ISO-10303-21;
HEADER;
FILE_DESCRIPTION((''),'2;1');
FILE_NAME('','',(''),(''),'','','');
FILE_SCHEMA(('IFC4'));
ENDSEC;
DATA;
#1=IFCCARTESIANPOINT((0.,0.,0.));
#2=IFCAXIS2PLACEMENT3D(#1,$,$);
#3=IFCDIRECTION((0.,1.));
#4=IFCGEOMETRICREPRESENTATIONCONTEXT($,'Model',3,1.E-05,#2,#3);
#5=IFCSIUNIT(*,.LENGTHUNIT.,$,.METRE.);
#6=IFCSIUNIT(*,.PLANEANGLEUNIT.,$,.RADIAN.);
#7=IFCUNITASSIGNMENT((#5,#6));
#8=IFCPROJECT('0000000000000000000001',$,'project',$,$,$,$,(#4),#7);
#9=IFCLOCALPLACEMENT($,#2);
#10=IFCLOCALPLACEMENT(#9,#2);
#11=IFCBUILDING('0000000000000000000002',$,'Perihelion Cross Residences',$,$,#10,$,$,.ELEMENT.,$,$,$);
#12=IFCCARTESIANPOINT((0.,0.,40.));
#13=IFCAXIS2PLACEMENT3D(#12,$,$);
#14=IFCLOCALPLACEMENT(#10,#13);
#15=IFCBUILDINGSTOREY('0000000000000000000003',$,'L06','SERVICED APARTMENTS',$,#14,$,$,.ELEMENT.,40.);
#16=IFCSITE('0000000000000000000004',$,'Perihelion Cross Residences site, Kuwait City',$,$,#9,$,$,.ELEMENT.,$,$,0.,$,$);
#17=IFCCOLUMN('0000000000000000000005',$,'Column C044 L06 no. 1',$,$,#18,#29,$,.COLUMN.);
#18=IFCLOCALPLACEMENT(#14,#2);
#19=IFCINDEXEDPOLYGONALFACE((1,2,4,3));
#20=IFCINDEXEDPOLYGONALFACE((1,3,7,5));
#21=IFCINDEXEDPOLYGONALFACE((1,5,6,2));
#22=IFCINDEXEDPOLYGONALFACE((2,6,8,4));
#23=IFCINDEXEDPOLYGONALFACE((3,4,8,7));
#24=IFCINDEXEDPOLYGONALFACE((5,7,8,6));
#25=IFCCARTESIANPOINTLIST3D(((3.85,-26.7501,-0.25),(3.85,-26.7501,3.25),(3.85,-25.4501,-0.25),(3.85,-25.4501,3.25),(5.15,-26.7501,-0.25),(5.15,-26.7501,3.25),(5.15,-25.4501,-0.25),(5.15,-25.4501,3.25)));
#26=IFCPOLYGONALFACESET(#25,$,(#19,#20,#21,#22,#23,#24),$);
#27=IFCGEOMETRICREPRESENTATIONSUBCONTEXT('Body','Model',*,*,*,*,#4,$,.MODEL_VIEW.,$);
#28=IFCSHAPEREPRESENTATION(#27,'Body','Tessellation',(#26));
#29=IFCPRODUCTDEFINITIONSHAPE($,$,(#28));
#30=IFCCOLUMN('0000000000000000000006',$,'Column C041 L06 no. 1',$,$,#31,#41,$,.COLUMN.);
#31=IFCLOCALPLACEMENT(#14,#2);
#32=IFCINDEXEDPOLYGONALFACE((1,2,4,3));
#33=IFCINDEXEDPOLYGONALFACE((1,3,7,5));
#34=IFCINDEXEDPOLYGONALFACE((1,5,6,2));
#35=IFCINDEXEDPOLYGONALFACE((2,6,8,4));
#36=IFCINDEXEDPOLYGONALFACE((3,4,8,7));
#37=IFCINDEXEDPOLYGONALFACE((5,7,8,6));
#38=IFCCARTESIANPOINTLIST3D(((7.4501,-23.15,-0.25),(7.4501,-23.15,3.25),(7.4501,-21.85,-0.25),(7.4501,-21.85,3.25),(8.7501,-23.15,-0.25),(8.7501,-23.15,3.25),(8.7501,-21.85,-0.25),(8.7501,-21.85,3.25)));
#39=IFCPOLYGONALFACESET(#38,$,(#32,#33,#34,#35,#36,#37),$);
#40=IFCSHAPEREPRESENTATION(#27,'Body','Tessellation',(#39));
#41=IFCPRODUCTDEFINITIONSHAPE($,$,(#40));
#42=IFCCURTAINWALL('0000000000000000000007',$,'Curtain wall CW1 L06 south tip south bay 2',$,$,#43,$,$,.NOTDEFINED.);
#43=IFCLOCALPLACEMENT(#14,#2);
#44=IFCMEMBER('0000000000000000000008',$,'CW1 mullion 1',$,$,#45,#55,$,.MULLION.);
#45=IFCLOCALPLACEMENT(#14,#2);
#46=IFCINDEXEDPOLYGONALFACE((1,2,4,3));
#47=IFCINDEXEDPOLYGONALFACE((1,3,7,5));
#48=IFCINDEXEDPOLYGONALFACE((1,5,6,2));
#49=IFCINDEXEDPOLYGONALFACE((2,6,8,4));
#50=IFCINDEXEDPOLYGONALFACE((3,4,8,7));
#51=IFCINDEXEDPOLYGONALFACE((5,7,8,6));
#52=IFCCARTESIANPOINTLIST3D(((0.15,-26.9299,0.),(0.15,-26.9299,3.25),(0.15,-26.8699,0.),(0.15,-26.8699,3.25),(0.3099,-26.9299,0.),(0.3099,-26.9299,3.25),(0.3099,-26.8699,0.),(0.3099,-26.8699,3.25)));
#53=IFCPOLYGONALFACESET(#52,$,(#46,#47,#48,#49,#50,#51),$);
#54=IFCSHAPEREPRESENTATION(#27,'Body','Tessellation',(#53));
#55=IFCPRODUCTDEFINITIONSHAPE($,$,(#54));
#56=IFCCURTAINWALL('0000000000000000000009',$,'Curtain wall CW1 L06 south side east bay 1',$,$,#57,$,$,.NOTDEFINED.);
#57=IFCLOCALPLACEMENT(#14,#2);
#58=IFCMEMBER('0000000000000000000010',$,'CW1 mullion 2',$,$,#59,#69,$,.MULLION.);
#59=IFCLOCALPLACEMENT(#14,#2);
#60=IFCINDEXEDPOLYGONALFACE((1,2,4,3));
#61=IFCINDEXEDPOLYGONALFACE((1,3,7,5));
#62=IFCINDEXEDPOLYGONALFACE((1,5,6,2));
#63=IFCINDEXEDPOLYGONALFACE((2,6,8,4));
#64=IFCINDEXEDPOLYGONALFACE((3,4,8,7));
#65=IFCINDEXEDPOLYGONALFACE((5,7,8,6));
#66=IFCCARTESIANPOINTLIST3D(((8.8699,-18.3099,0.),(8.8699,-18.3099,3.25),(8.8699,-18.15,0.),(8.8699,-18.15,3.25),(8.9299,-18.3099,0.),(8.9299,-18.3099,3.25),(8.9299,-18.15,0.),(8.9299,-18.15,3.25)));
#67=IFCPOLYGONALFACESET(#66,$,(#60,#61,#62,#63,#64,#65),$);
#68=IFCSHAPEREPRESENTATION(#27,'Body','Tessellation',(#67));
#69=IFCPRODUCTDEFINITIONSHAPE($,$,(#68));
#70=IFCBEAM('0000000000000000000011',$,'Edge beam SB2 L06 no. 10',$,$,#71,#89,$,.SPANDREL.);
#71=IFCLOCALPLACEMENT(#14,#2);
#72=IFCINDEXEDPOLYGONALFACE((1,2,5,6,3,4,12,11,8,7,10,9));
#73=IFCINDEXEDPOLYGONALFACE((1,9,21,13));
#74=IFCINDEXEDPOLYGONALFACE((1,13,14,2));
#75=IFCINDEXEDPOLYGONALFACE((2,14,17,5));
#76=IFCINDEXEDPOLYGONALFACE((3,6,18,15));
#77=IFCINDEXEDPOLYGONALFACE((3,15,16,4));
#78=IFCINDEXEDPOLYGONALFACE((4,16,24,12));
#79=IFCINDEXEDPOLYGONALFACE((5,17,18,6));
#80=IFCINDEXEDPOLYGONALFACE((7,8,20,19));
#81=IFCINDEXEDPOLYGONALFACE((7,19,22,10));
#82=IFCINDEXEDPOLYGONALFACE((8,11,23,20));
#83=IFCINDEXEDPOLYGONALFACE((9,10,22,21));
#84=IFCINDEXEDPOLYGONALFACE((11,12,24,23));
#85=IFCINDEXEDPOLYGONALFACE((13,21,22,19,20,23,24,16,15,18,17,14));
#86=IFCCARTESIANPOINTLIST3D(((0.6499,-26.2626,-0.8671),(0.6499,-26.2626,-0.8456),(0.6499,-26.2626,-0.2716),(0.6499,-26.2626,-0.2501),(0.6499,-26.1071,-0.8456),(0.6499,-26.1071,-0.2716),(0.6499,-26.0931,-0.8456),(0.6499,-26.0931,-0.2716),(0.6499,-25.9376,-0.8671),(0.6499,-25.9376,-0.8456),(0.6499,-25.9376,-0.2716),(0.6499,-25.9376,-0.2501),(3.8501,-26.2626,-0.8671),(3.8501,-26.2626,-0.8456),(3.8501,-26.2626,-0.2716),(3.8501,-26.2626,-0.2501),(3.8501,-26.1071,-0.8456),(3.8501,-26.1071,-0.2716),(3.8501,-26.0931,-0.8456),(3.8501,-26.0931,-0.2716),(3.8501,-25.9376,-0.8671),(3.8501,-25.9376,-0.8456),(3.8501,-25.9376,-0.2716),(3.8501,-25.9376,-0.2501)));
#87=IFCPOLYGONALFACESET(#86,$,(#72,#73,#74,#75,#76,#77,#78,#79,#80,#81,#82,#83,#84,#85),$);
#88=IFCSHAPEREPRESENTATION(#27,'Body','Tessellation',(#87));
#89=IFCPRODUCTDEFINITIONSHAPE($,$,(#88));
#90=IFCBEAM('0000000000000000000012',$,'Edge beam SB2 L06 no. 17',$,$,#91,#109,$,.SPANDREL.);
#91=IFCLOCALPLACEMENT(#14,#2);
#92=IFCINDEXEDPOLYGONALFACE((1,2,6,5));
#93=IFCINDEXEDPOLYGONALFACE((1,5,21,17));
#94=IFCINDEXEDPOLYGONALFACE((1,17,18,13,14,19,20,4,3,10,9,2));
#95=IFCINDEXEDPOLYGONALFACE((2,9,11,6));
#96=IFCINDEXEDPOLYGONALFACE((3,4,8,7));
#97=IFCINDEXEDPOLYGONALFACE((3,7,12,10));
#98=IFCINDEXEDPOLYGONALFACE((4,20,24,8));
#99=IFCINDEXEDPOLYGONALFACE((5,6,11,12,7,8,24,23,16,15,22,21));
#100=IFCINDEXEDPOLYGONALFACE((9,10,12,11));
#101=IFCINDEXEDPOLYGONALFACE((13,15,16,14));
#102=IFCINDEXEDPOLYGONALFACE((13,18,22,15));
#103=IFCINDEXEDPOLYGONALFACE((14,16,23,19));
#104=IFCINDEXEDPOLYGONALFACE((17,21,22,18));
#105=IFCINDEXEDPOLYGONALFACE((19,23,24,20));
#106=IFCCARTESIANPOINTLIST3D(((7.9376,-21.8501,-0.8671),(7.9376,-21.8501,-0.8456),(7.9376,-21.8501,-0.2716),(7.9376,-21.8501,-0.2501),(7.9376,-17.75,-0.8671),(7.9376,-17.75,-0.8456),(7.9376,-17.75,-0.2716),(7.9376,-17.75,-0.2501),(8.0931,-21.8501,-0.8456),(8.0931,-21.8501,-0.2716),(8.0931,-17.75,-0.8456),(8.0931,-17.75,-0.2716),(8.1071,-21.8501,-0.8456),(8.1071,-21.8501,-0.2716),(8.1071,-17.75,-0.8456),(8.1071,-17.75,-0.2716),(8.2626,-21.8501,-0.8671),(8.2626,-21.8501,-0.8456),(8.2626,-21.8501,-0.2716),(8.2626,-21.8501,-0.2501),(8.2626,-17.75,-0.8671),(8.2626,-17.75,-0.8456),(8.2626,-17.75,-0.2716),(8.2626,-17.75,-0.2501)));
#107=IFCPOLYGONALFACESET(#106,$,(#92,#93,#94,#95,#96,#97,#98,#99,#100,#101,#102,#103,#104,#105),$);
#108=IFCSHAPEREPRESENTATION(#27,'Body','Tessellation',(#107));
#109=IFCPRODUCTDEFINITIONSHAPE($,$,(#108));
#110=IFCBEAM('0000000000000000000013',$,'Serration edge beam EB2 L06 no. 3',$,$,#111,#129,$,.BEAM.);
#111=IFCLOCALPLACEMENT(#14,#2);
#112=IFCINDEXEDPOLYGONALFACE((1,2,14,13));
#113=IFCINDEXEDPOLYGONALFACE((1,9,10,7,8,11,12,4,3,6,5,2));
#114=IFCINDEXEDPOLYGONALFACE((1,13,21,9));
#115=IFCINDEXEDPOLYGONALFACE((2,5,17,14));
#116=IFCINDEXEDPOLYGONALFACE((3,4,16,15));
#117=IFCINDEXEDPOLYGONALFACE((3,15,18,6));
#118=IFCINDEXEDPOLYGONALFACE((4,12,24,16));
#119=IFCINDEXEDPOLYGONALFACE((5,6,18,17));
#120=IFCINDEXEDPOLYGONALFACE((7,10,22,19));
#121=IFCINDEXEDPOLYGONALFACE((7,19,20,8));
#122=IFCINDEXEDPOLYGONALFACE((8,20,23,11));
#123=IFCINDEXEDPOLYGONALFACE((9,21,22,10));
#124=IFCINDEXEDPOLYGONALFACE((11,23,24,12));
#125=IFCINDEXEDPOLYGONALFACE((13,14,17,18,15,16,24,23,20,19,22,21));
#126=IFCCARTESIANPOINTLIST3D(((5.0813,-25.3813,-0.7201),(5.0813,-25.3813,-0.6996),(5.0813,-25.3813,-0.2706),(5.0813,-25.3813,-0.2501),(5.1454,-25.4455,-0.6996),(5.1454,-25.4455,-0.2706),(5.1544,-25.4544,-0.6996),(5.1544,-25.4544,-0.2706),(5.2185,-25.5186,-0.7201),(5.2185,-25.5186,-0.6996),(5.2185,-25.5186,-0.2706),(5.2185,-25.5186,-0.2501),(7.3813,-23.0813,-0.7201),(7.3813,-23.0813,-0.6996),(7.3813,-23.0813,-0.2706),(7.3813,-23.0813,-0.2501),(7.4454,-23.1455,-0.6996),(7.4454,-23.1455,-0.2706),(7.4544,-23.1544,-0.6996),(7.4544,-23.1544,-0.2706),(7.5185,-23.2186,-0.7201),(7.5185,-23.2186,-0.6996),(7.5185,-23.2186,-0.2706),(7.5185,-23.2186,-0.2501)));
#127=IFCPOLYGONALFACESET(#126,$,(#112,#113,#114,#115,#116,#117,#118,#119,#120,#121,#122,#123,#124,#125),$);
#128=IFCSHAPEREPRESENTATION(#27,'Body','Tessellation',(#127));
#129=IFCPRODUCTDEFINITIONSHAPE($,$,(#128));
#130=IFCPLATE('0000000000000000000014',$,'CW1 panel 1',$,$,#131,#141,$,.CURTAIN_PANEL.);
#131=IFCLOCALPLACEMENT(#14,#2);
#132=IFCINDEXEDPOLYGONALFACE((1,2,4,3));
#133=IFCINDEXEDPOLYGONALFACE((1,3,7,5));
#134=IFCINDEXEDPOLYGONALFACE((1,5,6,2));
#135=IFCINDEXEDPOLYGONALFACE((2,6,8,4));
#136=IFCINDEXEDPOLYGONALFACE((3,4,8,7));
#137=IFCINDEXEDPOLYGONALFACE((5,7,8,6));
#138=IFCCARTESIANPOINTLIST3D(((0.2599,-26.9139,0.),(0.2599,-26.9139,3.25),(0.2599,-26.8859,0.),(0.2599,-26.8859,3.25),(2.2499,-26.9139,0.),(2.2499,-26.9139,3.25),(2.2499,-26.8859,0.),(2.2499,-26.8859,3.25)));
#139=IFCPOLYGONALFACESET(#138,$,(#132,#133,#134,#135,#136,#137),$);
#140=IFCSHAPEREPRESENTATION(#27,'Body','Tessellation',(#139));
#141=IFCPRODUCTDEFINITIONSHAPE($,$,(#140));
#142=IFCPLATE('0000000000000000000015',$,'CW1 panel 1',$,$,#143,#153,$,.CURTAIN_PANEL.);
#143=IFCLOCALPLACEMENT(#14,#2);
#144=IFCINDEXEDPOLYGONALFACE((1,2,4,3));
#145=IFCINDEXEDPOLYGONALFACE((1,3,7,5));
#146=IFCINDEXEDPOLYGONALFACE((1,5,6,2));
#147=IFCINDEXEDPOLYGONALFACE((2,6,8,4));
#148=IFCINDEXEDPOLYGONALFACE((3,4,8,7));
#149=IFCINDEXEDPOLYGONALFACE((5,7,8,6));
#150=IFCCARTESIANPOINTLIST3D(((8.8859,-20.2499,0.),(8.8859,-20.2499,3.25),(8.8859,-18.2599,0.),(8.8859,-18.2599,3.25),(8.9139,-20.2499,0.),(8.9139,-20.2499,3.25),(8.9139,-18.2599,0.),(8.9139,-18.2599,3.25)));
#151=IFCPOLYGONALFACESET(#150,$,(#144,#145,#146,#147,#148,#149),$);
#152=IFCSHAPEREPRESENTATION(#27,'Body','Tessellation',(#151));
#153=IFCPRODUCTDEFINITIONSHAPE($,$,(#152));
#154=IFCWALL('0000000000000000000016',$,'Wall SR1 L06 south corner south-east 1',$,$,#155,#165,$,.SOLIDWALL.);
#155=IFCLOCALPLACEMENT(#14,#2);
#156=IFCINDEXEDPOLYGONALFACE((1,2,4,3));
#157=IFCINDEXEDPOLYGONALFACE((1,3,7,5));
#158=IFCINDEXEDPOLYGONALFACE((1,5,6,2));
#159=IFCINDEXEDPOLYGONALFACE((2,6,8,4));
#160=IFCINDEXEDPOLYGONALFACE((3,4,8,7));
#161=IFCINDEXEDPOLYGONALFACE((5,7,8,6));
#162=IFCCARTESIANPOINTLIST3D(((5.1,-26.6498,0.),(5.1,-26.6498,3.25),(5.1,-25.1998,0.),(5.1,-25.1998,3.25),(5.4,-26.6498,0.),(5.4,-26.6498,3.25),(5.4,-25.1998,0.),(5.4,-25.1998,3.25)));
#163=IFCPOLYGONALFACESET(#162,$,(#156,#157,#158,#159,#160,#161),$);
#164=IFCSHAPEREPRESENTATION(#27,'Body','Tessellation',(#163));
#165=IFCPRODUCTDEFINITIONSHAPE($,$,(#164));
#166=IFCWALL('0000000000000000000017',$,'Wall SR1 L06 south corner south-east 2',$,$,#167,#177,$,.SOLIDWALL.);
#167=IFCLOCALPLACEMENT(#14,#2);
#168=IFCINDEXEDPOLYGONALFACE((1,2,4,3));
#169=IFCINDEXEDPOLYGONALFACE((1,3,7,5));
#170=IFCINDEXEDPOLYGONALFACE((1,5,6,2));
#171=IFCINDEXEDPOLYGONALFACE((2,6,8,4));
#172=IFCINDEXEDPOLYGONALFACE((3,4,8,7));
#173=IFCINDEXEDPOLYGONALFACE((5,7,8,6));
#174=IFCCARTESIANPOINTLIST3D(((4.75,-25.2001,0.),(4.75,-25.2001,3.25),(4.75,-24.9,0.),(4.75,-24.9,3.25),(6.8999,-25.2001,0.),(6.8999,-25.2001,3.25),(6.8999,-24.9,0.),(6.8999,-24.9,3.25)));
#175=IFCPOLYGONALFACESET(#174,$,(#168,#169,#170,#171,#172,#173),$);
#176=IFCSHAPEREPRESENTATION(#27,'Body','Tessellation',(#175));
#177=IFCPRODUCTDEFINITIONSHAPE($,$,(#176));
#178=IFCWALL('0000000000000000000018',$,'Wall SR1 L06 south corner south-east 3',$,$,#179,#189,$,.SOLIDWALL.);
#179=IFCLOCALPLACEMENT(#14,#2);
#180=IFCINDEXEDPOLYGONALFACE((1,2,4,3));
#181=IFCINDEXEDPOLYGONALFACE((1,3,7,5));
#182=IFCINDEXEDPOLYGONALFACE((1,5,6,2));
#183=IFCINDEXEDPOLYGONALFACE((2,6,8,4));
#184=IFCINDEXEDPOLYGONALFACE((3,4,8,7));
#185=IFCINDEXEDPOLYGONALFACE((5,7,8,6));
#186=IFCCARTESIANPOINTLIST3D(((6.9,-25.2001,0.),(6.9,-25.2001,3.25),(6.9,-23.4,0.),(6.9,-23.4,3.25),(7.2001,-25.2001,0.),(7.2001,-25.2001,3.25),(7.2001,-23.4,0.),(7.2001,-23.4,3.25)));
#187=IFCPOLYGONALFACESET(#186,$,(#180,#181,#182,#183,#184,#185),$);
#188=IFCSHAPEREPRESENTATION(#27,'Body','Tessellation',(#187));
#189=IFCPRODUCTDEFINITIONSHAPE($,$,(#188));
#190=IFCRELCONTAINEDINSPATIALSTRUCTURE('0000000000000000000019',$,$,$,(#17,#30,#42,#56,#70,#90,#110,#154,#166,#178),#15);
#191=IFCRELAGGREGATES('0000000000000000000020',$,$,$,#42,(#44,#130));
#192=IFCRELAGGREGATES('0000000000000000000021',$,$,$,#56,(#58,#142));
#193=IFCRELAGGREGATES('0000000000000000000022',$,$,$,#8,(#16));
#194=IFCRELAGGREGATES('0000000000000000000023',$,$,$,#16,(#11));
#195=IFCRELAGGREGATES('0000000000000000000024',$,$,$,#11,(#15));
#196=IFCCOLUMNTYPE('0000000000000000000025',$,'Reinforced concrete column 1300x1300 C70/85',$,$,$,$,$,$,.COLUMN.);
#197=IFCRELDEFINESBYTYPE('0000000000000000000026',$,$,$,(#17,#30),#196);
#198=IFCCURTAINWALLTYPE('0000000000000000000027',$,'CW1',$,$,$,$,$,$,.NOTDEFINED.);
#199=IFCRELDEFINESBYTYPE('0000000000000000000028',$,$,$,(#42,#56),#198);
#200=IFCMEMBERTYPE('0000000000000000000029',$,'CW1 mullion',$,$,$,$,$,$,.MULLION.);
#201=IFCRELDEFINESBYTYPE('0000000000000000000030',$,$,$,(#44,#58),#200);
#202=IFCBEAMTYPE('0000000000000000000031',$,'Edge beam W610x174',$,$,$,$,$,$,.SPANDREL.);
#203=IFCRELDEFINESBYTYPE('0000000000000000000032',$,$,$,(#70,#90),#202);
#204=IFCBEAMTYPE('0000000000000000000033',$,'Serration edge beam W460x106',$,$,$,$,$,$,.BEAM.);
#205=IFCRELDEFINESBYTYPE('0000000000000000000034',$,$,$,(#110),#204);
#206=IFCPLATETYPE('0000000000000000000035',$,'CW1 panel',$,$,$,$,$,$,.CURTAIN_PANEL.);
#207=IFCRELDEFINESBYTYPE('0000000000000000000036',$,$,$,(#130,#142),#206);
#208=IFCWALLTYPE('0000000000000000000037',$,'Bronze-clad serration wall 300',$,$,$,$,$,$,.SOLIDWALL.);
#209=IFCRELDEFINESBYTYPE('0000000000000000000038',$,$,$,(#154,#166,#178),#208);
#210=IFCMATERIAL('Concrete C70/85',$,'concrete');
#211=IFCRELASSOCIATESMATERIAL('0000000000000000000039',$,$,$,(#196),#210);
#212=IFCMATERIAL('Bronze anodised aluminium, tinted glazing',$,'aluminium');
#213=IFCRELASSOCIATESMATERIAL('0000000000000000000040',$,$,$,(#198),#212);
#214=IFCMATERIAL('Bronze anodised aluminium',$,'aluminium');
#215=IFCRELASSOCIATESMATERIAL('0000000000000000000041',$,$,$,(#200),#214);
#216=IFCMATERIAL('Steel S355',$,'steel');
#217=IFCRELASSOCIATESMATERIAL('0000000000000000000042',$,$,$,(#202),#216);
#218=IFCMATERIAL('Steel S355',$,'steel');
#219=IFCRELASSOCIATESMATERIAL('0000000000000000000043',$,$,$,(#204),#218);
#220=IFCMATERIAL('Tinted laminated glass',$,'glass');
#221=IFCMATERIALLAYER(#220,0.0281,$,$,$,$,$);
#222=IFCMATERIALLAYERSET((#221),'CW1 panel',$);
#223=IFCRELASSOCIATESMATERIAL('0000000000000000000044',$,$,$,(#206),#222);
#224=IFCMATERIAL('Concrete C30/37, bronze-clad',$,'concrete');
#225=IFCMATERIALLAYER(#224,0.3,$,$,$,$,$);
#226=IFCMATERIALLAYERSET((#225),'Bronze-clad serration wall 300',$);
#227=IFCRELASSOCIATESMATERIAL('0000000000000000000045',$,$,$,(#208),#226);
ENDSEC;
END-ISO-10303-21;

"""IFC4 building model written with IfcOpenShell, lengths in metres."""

from ifc_helpers import new_model, si_unit, direction, frame, frame_2d, origin, origin_2d, place, context, subcontext, project, spatial, rectangle, i_section, extrude, material, layer, layer_set, material_profile, profile_set, type_object, element, aggregate, save


model = new_model("IFC4")

# Units and contexts
model_context = context("Model", 3, precision=1e-05, world=origin(), true_north=direction((0.0, 1.0)))
body_context = subcontext(model_context, "Body", "Model", "MODEL_VIEW")
ifc_project = project(units=[si_unit("LENGTHUNIT", "METRE"), si_unit("PLANEANGLEUNIT", "RADIAN")], contexts=[model_context])

# Site, building, storey
site_placement = place(None, origin())
site = spatial("IfcSite", under=ifc_project, at=site_placement, Name="Perihelion Cross Residences site, Kuwait City", CompositionType="ELEMENT", RefElevation=0.0)
building_placement = place(site_placement, origin())
building = spatial("IfcBuilding", under=site, at=building_placement, Name="Perihelion Cross Residences", CompositionType="ELEMENT")
storey_placement = place(building_placement, frame((0.0, 0.0, 40.0)))
storey = spatial("IfcBuildingStorey", under=building, at=storey_placement, Name="L06", Description="SERVICED APARTMENTS", CompositionType="ELEMENT", Elevation=40.0)

# Columns
ifc_material_1 = material(Name="Concrete C70/85", Category="concrete")
ifc_material_profile_1 = material_profile(ifc_material_1, rectangle(XDim=1.3, YDim=1.3, at=origin_2d()), Name="RC 1300x1300")
ifc_profile_set_1 = profile_set([ifc_material_profile_1], Name="Concrete C70/85")
column_type = type_object("IfcColumnType", Name="Reinforced concrete column 1300x1300 C70/85", PredefinedType="COLUMN", material=ifc_profile_set_1)
for number, where, z_axis, x_axis, name in (
    (1, (4.5, -26.1001, -0.25), (0.0, 0.0, 1.0), (1.0, 0.0, 0.0), "Column C044 L06 no. 1"),
    (2, (8.1001, -22.5, -0.25), (0.0, 0.0, 1.0), (1.0, 0.0, 0.0), "Column C041 L06 no. 1"),
):
    element("IfcColumn", number, at=place(storey_placement, frame(where, z_axis=z_axis, x_axis=x_axis)), inside=storey, type_object=column_type, Name=name, PredefinedType="COLUMN", context=body_context, shape_type="SweptSolid", body=[
        extrude(rectangle(XDim=1.3, YDim=1.3, at=origin_2d()), origin(), (0.0, 0.0, 1.0), 3.5),
    ])

# Curtain walls, members
ifc_material_2 = material(Name="Bronze anodised aluminium, tinted glazing", Category="aluminium")
curtain_wall_type = type_object("IfcCurtainWallType", Name="CW1", PredefinedType="NOTDEFINED", material=ifc_material_2)
curtain_wall_1_placement = place(storey_placement, origin())
curtain_wall_1 = element("IfcCurtainWall", 3, at=curtain_wall_1_placement, inside=storey, type_object=curtain_wall_type, Name="Curtain wall CW1 L06 south tip south bay 2", PredefinedType="NOTDEFINED")
ifc_material_3 = material(Name="Bronze anodised aluminium", Category="aluminium")
ifc_material_profile_2 = material_profile(ifc_material_3, rectangle(XDim=0.0601, YDim=0.1599, at=origin_2d()), Name="CW1 mullion")
ifc_profile_set_2 = profile_set([ifc_material_profile_2], Name="Bronze anodised aluminium")
member_type = type_object("IfcMemberType", Name="CW1 mullion", PredefinedType="MULLION", material=ifc_profile_set_2)
member_1_placement = place(storey_placement, frame((0.23, -26.8999, 0.0), z_axis=(0.0, 0.0, 1.0), x_axis=(0.0, 1.0, 0.0)))
member_1 = element("IfcMember", 4, at=member_1_placement, type_object=member_type, Name="CW1 mullion 1", PredefinedType="MULLION", context=body_context, shape_type="SweptSolid", body=[
    extrude(rectangle(XDim=0.0601, YDim=0.1599, at=origin_2d()), origin(), (0.0, 0.0, 1.0), 3.25),
])
curtain_wall_2_placement = place(storey_placement, origin())
curtain_wall_2 = element("IfcCurtainWall", 5, at=curtain_wall_2_placement, inside=storey, type_object=curtain_wall_type, Name="Curtain wall CW1 L06 south side east bay 1", PredefinedType="NOTDEFINED")
member_2_placement = place(storey_placement, frame((8.8999, -18.23, 0.0), z_axis=(0.0, 0.0, 1.0), x_axis=(-1.0, 0.0, 0.0)))
member_2 = element("IfcMember", 6, at=member_2_placement, type_object=member_type, Name="CW1 mullion 2", PredefinedType="MULLION", context=body_context, shape_type="SweptSolid", body=[
    extrude(rectangle(XDim=0.0601, YDim=0.1599, at=origin_2d()), origin(), (0.0, 0.0, 1.0), 3.25),
])

# Beams
ifc_material_4 = material(Name="Steel S355", Category="steel")
ifc_material_profile_3 = material_profile(ifc_material_4, i_section(OverallWidth=0.325, OverallDepth=0.6169, WebThickness=0.0139, FlangeThickness=0.0215, at=origin_2d()), Name="W610x174")
ifc_profile_set_3 = profile_set([ifc_material_profile_3], Name="Steel S355")
beam_type_1 = type_object("IfcBeamType", Name="Edge beam W610x174", PredefinedType="SPANDREL", material=ifc_profile_set_3)
beam_1_placement = place(storey_placement, frame((0.6499, -26.1001, -0.5586), z_axis=(1.0, 0.0, 0.0), x_axis=(0.0, 1.0, 0.0)))
element("IfcBeam", 7, at=beam_1_placement, inside=storey, type_object=beam_type_1, Name="Edge beam SB2 L06 no. 10", PredefinedType="SPANDREL", context=body_context, shape_type="SweptSolid", body=[
    extrude(i_section(OverallWidth=0.325, OverallDepth=0.6169, WebThickness=0.0139, FlangeThickness=0.0215, at=origin_2d()), origin(), (0.0, 0.0, 1.0), 3.2002),
])
beam_2_placement = place(storey_placement, frame((8.1001, -21.8501, -0.5586), z_axis=(0.0, 1.0, 0.0), x_axis=(-1.0, 0.0, 0.0)))
element("IfcBeam", 8, at=beam_2_placement, inside=storey, type_object=beam_type_1, Name="Edge beam SB2 L06 no. 17", PredefinedType="SPANDREL", context=body_context, shape_type="SweptSolid", body=[
    extrude(i_section(OverallWidth=0.325, OverallDepth=0.6169, WebThickness=0.0139, FlangeThickness=0.0215, at=origin_2d()), origin(), (0.0, 0.0, 1.0), 4.1001),
])
ifc_material_5 = material(Name="Steel S355", Category="steel")
ifc_material_profile_4 = material_profile(ifc_material_5, i_section(OverallWidth=0.1941, OverallDepth=0.47, WebThickness=0.0127, FlangeThickness=0.0205, at=origin_2d()), Name="W460x106")
ifc_profile_set_4 = profile_set([ifc_material_profile_4], Name="Steel S355")
beam_type_2 = type_object("IfcBeamType", Name="Serration edge beam W460x106", PredefinedType="BEAM", material=ifc_profile_set_4)
beam_3_placement = place(storey_placement, frame((5.1499, -25.45, -0.4851), z_axis=(0.707107, 0.707107, 0.0), x_axis=(-0.707107, 0.707107, 0.0)))
element("IfcBeam", 9, at=beam_3_placement, inside=storey, type_object=beam_type_2, Name="Serration edge beam EB2 L06 no. 3", PredefinedType="BEAM", context=body_context, shape_type="SweptSolid", body=[
    extrude(i_section(OverallWidth=0.1941, OverallDepth=0.47, WebThickness=0.0127, FlangeThickness=0.0205, at=origin_2d()), origin(), (0.0, 0.0, 1.0), 3.2527),
])

# Plates
ifc_material_6 = material(Name="Tinted laminated glass", Category="glass")
ifc_layer_1 = layer(ifc_material_6, 0.0281)
ifc_layer_set_1 = layer_set([ifc_layer_1], Name="CW1 panel")
plate_type = type_object("IfcPlateType", Name="CW1 panel", PredefinedType="CURTAIN_PANEL", material=ifc_layer_set_1)
plate_1_placement = place(storey_placement, frame((1.2549, -26.8999, 0.0), z_axis=(0.0, 0.0, 1.0), x_axis=(1.0, 0.0, 0.0)))
plate_1 = element("IfcPlate", 10, at=plate_1_placement, type_object=plate_type, Name="CW1 panel 1", PredefinedType="CURTAIN_PANEL", context=body_context, shape_type="SweptSolid", body=[
    extrude(rectangle(XDim=1.99, YDim=0.0281, at=origin_2d()), origin(), (0.0, 0.0, 1.0), 3.25),
])
aggregate(curtain_wall_1, [member_1, plate_1])
plate_2_placement = place(storey_placement, frame((8.8999, -19.2549, 0.0), z_axis=(0.0, 0.0, 1.0), x_axis=(0.0, 1.0, 0.0)))
plate_2 = element("IfcPlate", 11, at=plate_2_placement, type_object=plate_type, Name="CW1 panel 1", PredefinedType="CURTAIN_PANEL", context=body_context, shape_type="SweptSolid", body=[
    extrude(rectangle(XDim=1.99, YDim=0.0281, at=origin_2d()), origin(), (0.0, 0.0, 1.0), 3.25),
])
aggregate(curtain_wall_2, [member_2, plate_2])

# Walls
ifc_material_7 = material(Name="Concrete C30/37, bronze-clad", Category="concrete")
ifc_layer_2 = layer(ifc_material_7, 0.3)
ifc_layer_set_2 = layer_set([ifc_layer_2], Name="Bronze-clad serration wall 300")
wall_type_1 = type_object("IfcWallType", Name="Bronze-clad serration wall 300", PredefinedType="SOLIDWALL", material=ifc_layer_set_2)
wall_1_placement = place(storey_placement, frame((5.25, -26.6499, 0.0), z_axis=(0.0, 0.0, 1.0), x_axis=(0.0, 1.0, 0.0)))
element("IfcWall", 12, at=wall_1_placement, inside=storey, type_object=wall_type_1, Name="Wall SR1 L06 south corner south-east 1", PredefinedType="SOLIDWALL", context=body_context, shape_type="SweptSolid", body=[
    extrude(rectangle(XDim=1.45, YDim=0.3, at=frame_2d((0.7251, 0.0))), origin(), (0.0, 0.0, 1.0), 3.25),
])
wall_2_placement = place(storey_placement, frame((4.75, -25.05, 0.0), z_axis=(0.0, 0.0, 1.0), x_axis=(1.0, 0.0, 0.0)))
element("IfcWall", 13, at=wall_2_placement, inside=storey, type_object=wall_type_1, Name="Wall SR1 L06 south corner south-east 2", PredefinedType="SOLIDWALL", context=body_context, shape_type="SweptSolid", body=[
    extrude(rectangle(XDim=2.1499, YDim=0.3, at=frame_2d((1.075, 0.0))), origin(), (0.0, 0.0, 1.0), 3.25),
])
wall_3_placement = place(storey_placement, frame((7.05, -25.2, 0.0), z_axis=(0.0, 0.0, 1.0), x_axis=(0.0, 1.0, 0.0)))
element("IfcWall", 14, at=wall_3_placement, inside=storey, type_object=wall_type_1, Name="Wall SR1 L06 south corner south-east 3", PredefinedType="SOLIDWALL", context=body_context, shape_type="SweptSolid", body=[
    extrude(rectangle(XDim=1.8, YDim=0.3, at=frame_2d((0.8999, 0.0))), origin(), (0.0, 0.0, 1.0), 3.25),
])

save(model, "model.ifc")
